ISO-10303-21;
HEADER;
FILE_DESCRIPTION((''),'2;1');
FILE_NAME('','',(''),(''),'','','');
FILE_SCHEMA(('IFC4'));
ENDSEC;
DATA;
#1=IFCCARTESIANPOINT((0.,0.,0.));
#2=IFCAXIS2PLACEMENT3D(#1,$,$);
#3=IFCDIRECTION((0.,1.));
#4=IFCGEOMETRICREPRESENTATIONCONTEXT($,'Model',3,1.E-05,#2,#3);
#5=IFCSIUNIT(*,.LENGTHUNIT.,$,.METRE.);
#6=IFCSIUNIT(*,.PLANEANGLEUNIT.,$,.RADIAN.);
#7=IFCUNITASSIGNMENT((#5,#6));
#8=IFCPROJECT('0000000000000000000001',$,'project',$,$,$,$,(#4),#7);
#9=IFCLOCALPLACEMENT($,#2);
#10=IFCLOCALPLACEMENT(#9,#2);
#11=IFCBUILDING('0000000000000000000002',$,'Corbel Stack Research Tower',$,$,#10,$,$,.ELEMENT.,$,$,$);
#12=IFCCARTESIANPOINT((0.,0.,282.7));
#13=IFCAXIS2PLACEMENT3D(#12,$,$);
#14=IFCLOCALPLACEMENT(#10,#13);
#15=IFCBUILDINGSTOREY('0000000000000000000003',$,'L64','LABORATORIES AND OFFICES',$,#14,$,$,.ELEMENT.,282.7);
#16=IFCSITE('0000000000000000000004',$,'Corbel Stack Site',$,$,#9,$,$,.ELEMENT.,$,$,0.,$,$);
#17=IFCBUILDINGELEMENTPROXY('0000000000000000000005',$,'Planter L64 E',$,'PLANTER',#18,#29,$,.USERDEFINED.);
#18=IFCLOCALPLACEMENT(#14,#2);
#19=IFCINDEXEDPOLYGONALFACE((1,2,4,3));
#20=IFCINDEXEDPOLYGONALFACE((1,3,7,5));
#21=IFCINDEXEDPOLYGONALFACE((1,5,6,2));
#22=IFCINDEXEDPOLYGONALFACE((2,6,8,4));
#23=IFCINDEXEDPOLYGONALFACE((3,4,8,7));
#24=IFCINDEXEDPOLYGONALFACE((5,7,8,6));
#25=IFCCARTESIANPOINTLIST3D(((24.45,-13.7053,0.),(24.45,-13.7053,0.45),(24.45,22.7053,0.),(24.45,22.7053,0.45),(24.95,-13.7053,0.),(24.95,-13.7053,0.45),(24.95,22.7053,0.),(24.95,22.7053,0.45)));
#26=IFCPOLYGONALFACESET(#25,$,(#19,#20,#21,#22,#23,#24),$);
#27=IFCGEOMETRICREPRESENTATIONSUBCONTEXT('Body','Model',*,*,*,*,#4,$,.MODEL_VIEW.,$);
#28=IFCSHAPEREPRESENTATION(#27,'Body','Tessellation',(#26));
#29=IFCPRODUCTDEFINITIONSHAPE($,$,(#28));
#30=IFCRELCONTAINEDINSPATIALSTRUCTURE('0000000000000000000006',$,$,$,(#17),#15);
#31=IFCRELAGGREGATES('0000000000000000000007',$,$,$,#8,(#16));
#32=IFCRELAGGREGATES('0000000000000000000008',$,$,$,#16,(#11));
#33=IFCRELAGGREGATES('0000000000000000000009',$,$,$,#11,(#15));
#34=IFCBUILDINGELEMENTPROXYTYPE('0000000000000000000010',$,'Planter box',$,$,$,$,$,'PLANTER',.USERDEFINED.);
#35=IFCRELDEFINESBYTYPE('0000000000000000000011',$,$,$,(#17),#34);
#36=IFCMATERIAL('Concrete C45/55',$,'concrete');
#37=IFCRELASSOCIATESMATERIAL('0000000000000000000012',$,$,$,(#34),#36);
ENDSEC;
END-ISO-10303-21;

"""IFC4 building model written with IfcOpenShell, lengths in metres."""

from ifc_helpers import new_model, si_unit, direction, frame, origin, origin_2d, place, context, subcontext, project, spatial, rectangle, extrude, material, type_object, element, save


model = new_model("IFC4")

# Units and contexts
model_context = context("Model", 3, precision=1e-05, world=origin(), true_north=direction((0.0, 1.0)))
body_context = subcontext(model_context, "Body", "Model", "MODEL_VIEW")
ifc_project = project(units=[si_unit("LENGTHUNIT", "METRE"), si_unit("PLANEANGLEUNIT", "RADIAN")], contexts=[model_context])

# Site, building, storey
site_placement = place(None, origin())
site = spatial("IfcSite", under=ifc_project, at=site_placement, Name="Corbel Stack Site", CompositionType="ELEMENT", RefElevation=0.0)
building_placement = place(site_placement, origin())
building = spatial("IfcBuilding", under=site, at=building_placement, Name="Corbel Stack Research Tower", CompositionType="ELEMENT")
storey_placement = place(building_placement, frame((0.0, 0.0, 282.7)))
storey = spatial("IfcBuildingStorey", under=building, at=storey_placement, Name="L64", Description="LABORATORIES AND OFFICES", CompositionType="ELEMENT", Elevation=282.7)

# Building element proxy
ifc_material_1 = material(Name="Concrete C45/55", Category="concrete")
building_element_proxy_type = type_object("IfcBuildingElementProxyType", Name="Planter box", ElementType="PLANTER", PredefinedType="USERDEFINED", material=ifc_material_1)
proxy_placement = place(storey_placement, frame((24.7, 4.5, 0.0), z_axis=(0.0, 0.0, 1.0), x_axis=(0.0, 1.0, 0.0)))
element("IfcBuildingElementProxy", 1, at=proxy_placement, inside=storey, type_object=building_element_proxy_type, Name="Planter L64 E", ObjectType="PLANTER", PredefinedType="USERDEFINED", context=body_context, shape_type="SweptSolid", body=[
    extrude(rectangle(XDim=36.4106, YDim=0.5, at=origin_2d()), origin(), (0.0, 0.0, 1.0), 0.45),
])

save(model, "model.ifc")
